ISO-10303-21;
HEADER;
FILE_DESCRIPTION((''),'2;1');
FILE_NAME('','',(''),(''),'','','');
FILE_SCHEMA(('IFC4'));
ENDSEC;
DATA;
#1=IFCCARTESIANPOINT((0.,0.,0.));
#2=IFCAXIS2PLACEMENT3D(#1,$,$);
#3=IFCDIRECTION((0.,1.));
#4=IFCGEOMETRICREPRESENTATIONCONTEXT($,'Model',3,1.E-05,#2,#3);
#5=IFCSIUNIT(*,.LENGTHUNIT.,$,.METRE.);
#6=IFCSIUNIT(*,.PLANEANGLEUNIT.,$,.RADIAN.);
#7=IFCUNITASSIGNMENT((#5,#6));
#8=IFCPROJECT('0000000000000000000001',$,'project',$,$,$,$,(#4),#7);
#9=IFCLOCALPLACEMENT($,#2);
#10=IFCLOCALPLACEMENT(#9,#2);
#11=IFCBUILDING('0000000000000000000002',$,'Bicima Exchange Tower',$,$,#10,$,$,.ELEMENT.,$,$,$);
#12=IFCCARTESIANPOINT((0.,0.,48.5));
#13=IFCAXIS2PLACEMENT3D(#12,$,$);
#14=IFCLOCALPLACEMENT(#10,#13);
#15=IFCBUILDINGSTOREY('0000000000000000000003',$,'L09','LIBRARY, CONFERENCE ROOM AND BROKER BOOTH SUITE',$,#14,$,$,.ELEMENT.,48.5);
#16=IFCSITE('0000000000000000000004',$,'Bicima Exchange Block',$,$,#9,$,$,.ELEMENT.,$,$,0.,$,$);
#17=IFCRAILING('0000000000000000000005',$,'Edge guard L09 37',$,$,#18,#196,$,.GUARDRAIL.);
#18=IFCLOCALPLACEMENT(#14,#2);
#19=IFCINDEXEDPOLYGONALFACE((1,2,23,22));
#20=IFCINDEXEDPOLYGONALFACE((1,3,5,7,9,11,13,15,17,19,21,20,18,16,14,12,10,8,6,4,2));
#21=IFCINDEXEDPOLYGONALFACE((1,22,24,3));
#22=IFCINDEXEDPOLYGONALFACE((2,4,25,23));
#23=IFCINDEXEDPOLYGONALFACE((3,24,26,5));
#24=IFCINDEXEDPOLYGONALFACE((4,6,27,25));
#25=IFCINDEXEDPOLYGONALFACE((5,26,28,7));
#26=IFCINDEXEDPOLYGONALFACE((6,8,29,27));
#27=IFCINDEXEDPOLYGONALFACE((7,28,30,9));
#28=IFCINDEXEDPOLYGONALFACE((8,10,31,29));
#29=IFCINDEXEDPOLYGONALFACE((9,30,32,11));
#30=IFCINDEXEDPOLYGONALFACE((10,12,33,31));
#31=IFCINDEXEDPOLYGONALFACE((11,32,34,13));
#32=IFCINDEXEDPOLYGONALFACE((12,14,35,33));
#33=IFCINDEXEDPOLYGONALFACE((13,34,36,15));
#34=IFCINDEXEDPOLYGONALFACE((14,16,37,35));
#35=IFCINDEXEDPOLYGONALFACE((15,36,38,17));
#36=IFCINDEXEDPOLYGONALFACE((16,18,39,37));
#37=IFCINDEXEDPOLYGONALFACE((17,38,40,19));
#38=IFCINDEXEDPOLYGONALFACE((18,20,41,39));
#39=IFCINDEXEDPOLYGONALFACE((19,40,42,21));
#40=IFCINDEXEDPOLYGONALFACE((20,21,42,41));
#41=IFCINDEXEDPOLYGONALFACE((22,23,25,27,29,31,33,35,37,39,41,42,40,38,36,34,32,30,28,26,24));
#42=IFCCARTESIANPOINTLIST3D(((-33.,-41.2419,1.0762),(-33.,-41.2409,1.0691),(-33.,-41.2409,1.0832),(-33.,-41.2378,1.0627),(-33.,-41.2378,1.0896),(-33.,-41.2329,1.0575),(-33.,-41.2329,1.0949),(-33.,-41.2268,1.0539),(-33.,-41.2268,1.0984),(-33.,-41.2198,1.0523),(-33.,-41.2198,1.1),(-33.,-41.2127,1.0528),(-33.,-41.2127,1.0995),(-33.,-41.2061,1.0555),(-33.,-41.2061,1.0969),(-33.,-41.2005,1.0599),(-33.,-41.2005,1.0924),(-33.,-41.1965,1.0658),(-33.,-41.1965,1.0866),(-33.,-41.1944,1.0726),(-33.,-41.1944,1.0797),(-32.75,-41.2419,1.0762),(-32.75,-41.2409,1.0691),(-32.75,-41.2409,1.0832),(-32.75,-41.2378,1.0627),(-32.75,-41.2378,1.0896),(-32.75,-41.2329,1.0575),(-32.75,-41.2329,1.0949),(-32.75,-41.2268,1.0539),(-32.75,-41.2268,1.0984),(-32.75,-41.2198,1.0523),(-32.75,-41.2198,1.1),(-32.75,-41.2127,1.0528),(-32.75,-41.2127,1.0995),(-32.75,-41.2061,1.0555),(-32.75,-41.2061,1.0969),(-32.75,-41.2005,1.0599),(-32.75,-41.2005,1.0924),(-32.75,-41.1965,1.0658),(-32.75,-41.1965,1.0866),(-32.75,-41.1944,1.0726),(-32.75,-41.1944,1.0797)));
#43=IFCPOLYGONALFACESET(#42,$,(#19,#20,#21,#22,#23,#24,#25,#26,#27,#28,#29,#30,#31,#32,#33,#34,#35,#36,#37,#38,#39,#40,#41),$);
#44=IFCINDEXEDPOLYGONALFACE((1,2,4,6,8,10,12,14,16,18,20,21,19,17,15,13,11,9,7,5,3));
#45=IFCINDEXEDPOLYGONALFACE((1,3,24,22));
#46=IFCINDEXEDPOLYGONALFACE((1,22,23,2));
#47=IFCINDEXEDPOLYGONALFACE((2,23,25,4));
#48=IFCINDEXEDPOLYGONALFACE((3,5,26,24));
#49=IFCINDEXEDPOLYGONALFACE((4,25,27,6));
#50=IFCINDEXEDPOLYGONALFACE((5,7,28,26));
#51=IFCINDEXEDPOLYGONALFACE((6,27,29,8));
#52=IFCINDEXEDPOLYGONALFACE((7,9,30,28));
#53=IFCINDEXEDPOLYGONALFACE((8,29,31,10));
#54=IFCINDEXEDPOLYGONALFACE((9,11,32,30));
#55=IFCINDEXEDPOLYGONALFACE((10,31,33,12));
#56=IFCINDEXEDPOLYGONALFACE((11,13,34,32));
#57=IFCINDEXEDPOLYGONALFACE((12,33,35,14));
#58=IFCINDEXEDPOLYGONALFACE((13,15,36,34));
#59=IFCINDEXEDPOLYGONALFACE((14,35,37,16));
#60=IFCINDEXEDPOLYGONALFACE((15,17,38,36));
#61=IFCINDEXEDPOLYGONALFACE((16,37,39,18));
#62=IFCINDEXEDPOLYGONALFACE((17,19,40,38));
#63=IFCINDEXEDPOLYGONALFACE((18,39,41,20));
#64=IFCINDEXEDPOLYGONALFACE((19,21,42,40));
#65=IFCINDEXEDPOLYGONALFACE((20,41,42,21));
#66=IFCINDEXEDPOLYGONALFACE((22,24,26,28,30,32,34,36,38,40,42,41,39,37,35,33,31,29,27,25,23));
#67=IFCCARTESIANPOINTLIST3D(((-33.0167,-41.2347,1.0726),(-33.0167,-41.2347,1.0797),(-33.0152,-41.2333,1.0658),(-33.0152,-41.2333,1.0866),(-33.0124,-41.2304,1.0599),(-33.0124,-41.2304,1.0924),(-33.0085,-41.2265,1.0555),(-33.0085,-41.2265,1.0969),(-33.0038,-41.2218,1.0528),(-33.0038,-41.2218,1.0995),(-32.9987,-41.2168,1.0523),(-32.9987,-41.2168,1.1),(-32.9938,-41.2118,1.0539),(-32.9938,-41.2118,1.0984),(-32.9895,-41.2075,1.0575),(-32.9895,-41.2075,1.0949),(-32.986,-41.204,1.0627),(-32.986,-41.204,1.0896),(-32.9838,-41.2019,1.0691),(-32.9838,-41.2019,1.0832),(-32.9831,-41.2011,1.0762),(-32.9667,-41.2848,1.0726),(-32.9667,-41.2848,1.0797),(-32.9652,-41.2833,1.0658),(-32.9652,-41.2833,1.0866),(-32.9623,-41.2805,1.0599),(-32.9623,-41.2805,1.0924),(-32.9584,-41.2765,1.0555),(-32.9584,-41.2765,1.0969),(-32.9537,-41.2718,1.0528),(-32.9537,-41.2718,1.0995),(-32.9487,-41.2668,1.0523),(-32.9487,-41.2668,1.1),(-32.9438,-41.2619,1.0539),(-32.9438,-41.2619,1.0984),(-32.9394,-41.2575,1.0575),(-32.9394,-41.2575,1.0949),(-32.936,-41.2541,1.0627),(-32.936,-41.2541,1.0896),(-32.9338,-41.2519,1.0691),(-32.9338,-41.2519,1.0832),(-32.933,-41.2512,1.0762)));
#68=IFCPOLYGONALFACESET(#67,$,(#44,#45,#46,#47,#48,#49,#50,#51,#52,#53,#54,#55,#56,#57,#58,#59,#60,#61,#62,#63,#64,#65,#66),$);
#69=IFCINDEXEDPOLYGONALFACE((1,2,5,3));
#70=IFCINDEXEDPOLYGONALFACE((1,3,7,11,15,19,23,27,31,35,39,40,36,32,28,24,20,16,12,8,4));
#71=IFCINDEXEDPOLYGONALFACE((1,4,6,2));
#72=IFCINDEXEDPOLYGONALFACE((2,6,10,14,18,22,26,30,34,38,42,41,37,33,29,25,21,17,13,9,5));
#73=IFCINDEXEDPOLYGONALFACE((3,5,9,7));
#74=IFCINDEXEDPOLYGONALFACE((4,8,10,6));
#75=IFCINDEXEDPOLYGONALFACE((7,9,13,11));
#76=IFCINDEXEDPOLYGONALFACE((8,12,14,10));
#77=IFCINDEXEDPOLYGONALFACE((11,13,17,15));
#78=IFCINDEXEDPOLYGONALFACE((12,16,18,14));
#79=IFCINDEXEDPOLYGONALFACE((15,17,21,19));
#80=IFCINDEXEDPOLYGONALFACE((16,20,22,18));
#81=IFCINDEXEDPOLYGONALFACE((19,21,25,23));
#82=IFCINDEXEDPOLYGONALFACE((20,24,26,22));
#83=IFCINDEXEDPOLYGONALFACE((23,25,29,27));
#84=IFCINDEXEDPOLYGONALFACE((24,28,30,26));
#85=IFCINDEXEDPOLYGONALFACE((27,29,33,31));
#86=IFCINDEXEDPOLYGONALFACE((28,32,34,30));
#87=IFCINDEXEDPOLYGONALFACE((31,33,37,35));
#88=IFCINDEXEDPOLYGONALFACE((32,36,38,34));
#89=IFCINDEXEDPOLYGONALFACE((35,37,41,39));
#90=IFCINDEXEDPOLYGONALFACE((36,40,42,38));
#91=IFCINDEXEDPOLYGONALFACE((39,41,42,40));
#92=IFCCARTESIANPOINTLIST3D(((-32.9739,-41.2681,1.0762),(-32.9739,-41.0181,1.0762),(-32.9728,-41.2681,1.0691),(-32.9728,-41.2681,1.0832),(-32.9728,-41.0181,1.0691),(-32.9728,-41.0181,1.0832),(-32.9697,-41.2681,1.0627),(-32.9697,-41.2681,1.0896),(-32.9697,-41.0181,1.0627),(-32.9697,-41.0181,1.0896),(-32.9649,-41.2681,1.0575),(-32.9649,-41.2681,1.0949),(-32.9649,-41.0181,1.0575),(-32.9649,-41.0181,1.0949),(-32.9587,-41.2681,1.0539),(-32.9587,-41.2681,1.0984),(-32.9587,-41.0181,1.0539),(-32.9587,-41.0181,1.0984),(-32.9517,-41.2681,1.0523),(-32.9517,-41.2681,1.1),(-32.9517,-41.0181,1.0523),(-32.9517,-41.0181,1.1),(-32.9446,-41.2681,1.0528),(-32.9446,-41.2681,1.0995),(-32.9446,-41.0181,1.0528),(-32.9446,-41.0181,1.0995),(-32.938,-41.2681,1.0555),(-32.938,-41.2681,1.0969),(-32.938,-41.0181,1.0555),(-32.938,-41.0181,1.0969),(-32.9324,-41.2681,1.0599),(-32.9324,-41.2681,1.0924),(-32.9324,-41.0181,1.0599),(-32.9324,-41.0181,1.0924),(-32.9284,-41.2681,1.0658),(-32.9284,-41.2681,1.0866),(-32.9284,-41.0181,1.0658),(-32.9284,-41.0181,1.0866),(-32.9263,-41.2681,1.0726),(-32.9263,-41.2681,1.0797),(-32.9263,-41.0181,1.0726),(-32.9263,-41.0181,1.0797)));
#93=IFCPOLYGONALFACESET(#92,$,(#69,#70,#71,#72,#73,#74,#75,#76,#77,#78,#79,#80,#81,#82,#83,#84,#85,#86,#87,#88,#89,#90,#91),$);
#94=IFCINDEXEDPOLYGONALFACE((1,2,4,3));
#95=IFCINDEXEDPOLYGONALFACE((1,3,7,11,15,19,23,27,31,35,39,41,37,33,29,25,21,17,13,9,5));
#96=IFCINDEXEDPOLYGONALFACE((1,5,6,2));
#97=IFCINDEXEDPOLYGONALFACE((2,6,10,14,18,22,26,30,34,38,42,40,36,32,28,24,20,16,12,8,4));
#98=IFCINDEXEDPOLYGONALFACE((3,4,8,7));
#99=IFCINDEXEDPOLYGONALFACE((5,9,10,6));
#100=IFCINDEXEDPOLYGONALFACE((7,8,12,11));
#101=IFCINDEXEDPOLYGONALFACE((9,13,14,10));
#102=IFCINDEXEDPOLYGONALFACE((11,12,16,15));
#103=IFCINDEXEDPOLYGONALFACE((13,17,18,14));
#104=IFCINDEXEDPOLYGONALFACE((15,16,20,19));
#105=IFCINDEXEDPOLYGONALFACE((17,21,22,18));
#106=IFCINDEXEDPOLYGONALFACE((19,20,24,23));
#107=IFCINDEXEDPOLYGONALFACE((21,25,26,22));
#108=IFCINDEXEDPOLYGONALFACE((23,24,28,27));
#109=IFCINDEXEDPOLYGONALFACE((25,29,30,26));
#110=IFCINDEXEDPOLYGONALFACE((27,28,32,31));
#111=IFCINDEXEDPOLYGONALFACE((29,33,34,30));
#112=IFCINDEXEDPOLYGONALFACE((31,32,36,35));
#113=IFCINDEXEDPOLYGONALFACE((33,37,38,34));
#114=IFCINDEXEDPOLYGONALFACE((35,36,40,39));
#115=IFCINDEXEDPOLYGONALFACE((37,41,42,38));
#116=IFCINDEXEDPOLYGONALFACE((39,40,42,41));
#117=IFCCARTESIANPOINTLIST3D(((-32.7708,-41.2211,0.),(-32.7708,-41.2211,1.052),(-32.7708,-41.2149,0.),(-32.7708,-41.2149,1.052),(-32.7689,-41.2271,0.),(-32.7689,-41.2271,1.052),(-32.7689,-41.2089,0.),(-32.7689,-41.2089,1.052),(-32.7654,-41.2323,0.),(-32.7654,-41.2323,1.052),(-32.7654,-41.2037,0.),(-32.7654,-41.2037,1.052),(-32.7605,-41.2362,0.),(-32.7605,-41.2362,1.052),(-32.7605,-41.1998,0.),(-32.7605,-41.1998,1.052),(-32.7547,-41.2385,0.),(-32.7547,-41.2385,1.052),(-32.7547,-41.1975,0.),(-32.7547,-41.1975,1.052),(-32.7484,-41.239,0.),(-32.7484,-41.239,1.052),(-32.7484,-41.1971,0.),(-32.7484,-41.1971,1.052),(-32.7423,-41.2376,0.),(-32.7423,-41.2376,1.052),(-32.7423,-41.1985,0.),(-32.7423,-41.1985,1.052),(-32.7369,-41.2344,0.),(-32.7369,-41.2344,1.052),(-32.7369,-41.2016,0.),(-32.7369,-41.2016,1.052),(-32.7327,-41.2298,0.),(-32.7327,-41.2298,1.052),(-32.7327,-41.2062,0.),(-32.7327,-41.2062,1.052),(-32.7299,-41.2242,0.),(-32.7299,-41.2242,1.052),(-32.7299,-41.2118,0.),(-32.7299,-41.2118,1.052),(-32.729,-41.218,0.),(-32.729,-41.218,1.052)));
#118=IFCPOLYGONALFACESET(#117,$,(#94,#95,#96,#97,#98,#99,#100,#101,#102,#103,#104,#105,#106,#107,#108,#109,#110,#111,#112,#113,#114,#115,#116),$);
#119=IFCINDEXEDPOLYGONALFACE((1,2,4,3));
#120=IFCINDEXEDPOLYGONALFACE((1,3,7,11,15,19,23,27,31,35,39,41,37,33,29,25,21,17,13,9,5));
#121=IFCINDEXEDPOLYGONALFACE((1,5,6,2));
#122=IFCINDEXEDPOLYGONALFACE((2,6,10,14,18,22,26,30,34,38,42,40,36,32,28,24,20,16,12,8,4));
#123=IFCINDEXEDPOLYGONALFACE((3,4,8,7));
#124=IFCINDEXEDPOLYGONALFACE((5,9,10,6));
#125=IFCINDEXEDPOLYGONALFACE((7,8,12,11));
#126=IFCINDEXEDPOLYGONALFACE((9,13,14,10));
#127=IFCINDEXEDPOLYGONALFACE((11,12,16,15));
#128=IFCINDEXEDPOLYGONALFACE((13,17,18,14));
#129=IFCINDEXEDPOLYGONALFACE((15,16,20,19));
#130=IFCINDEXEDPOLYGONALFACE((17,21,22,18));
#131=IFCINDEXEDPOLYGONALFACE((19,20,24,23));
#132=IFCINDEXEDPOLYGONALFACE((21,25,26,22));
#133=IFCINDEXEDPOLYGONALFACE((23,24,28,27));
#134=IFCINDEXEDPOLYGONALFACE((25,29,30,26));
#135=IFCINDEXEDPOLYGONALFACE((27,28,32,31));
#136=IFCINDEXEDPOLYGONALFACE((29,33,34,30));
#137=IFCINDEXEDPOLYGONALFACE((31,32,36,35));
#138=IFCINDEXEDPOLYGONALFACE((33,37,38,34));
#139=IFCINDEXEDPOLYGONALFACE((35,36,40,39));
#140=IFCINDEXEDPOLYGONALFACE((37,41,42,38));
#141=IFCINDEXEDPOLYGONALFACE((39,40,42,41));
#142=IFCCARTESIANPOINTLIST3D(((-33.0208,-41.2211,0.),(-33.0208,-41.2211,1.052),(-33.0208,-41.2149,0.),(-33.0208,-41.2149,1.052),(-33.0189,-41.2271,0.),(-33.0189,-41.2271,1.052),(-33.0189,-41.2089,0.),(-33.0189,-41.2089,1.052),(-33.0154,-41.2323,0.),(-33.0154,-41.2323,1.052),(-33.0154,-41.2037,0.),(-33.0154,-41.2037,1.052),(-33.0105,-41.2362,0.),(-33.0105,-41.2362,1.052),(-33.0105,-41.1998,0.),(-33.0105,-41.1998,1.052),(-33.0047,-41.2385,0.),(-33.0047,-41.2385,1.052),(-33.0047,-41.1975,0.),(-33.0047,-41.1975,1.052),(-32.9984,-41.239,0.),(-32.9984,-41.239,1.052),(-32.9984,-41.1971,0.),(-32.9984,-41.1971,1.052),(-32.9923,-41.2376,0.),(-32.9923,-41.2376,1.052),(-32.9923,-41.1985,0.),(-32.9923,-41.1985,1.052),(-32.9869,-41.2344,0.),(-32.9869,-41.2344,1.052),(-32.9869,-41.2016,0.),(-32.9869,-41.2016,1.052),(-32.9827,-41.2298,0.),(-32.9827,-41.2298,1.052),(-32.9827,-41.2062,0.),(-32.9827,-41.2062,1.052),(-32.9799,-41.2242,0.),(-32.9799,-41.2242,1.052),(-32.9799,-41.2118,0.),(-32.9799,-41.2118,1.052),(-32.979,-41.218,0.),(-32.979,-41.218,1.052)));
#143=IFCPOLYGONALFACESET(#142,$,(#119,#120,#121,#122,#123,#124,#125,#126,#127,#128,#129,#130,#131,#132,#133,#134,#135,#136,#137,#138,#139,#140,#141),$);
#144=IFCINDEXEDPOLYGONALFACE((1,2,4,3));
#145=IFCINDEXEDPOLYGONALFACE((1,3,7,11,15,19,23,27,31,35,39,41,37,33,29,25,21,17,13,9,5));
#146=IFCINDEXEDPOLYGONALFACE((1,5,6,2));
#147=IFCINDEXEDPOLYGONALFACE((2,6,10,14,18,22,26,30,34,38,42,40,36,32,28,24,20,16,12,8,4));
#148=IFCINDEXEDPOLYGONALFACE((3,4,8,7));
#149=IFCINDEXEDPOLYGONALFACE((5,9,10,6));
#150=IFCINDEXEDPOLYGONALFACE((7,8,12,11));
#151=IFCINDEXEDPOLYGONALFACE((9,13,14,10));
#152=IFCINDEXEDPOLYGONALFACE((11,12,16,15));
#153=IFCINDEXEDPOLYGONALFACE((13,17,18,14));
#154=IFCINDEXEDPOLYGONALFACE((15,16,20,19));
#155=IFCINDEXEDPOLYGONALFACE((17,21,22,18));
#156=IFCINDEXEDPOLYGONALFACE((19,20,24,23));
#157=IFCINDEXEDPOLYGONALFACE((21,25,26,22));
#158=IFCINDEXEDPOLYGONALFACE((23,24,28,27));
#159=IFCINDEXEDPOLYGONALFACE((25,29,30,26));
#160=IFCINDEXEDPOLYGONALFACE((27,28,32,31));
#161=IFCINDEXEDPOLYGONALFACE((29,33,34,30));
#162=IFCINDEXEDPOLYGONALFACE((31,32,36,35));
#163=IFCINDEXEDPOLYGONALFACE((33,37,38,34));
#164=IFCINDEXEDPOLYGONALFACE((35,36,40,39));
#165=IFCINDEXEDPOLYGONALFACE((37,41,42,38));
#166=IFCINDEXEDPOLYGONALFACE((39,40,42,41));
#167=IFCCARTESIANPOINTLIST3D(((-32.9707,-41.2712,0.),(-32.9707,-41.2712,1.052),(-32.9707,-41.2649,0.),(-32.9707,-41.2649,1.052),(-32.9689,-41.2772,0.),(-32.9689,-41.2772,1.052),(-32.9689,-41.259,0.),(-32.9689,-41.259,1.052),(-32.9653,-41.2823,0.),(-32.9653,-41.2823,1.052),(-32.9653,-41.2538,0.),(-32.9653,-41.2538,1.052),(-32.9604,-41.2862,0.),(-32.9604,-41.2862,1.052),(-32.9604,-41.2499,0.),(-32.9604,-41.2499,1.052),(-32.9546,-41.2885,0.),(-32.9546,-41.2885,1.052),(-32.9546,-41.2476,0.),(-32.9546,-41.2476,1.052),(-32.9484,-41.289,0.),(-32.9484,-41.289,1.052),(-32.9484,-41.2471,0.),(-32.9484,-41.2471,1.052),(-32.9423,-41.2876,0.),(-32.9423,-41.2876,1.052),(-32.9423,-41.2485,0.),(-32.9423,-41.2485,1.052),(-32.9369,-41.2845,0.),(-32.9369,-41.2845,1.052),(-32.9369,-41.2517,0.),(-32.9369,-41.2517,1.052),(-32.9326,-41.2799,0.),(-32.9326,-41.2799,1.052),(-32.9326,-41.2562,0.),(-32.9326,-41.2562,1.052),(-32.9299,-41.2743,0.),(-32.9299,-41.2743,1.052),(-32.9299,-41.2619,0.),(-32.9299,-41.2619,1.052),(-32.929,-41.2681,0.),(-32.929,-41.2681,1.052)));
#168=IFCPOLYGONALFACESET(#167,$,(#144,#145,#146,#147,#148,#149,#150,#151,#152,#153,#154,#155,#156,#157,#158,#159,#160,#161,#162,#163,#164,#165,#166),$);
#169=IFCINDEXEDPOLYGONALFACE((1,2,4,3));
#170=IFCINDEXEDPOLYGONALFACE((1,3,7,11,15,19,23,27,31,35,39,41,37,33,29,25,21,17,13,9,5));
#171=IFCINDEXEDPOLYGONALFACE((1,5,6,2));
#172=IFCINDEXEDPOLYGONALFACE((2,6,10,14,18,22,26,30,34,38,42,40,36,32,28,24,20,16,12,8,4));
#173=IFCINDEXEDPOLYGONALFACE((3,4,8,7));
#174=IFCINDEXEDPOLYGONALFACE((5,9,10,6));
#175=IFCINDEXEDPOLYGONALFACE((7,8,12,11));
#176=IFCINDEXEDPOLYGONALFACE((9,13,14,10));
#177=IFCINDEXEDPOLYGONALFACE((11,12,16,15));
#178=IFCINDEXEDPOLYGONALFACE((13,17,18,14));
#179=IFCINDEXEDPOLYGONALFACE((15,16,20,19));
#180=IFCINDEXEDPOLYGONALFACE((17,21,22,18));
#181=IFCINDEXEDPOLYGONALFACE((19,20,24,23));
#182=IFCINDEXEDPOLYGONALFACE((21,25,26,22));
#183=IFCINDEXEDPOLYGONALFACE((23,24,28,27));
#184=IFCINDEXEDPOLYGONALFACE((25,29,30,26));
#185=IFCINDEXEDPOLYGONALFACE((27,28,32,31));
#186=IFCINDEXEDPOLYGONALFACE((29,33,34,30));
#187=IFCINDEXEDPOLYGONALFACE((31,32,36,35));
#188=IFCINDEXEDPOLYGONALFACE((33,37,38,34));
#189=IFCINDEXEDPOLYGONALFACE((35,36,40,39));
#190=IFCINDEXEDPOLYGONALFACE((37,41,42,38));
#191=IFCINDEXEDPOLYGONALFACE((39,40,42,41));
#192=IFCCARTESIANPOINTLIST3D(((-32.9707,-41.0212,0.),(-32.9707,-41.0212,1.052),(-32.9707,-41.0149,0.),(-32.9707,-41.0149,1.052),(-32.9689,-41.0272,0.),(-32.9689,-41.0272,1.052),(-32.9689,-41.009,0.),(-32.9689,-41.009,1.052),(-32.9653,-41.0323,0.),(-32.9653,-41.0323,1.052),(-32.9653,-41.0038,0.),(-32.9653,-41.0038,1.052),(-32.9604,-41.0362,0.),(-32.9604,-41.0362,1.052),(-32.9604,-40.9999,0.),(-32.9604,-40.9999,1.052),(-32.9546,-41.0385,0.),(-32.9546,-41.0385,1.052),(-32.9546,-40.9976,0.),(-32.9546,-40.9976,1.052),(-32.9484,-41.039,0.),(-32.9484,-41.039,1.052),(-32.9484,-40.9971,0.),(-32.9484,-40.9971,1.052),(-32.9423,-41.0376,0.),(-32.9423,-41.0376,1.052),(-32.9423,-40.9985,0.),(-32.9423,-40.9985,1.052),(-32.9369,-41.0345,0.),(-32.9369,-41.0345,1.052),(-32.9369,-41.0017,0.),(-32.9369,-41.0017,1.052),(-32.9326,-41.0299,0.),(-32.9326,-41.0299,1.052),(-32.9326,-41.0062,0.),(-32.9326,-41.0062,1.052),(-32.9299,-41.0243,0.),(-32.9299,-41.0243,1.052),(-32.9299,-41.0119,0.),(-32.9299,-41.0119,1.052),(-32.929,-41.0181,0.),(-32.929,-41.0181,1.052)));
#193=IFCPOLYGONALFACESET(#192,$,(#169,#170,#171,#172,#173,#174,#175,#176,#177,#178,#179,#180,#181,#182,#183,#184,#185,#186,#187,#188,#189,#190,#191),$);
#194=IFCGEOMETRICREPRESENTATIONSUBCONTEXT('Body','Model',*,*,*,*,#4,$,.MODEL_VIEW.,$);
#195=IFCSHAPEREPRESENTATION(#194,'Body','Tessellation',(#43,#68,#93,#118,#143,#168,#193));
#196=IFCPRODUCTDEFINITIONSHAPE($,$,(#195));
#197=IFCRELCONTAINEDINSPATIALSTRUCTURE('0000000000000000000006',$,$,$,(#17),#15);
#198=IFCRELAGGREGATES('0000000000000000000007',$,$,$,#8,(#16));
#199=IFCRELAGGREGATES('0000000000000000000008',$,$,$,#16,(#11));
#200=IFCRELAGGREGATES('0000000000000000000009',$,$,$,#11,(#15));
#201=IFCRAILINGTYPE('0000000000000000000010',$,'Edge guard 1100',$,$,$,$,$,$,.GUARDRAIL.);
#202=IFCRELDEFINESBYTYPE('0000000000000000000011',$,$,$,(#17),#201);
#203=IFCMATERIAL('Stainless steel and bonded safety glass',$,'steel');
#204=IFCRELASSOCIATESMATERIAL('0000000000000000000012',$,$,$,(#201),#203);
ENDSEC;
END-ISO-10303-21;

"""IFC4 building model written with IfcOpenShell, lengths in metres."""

from ifc_helpers import new_model, si_unit, direction, frame, origin, origin_2d, place, context, subcontext, project, spatial, circle, extrude, material, type_object, element, save


model = new_model("IFC4")

# Units and contexts
model_context = context("Model", 3, precision=1e-05, world=origin(), true_north=direction((0.0, 1.0)))
body_context = subcontext(model_context, "Body", "Model", "MODEL_VIEW")
ifc_project = project(units=[si_unit("LENGTHUNIT", "METRE"), si_unit("PLANEANGLEUNIT", "RADIAN")], contexts=[model_context])

# Site, building, storey
site_placement = place(None, origin())
site = spatial("IfcSite", under=ifc_project, at=site_placement, Name="Bicima Exchange Block", CompositionType="ELEMENT", RefElevation=0.0)
building_placement = place(site_placement, origin())
building = spatial("IfcBuilding", under=site, at=building_placement, Name="Bicima Exchange Tower", CompositionType="ELEMENT")
storey_placement = place(building_placement, frame((0.0, 0.0, 48.5)))
storey = spatial("IfcBuildingStorey", under=building, at=storey_placement, Name="L09", Description="LIBRARY, CONFERENCE ROOM AND BROKER BOOTH SUITE", CompositionType="ELEMENT", Elevation=48.5)

# Railing
ifc_material_1 = material(Name="Stainless steel and bonded safety glass", Category="steel")
railing_type = type_object("IfcRailingType", Name="Edge guard 1100", PredefinedType="GUARDRAIL", material=ifc_material_1)
railing_1_placement = place(storey_placement, frame((-32.75, -41.218, 0.0)))
element("IfcRailing", 1, at=railing_1_placement, inside=storey, type_object=railing_type, Name="Edge guard L09 37", PredefinedType="GUARDRAIL", context=body_context, shape_type="SweptSolid", body=[
    extrude(circle(Radius=0.0239, at=origin_2d()), frame((0.0, 0.0, 1.0762), z_axis=(-1.0, 0.0, 0.0), x_axis=(0.0, -1.0, 0.0)), (0.0, 0.0, 1.0), 0.25),
    extrude(circle(Radius=0.0239, at=origin_2d()), frame((-0.25, 0.0, 1.0762), z_axis=(0.707107, -0.707107, 0.0), x_axis=(0.707107, 0.707107, 0.0)), (0.0, 0.0, 1.0), 0.0708),
    extrude(circle(Radius=0.0239, at=origin_2d()), frame((-0.2, -0.05, 1.0762), z_axis=(0.0, 1.0, 0.0), x_axis=(-1.0, 0.0, 0.0)), (0.0, 0.0, 1.0), 0.25),
    extrude(circle(Radius=0.021, at=origin_2d()), origin(), (0.0, 0.0, 1.0), 1.052),
    extrude(circle(Radius=0.021, at=origin_2d()), frame((-0.25, 0.0, 0.0)), (0.0, 0.0, 1.0), 1.052),
    extrude(circle(Radius=0.021, at=origin_2d()), frame((-0.2, -0.05, 0.0)), (0.0, 0.0, 1.0), 1.052),
    extrude(circle(Radius=0.021, at=origin_2d()), frame((-0.2, 0.2, 0.0)), (0.0, 0.0, 1.0), 1.052),
])

save(model, "model.ifc")
